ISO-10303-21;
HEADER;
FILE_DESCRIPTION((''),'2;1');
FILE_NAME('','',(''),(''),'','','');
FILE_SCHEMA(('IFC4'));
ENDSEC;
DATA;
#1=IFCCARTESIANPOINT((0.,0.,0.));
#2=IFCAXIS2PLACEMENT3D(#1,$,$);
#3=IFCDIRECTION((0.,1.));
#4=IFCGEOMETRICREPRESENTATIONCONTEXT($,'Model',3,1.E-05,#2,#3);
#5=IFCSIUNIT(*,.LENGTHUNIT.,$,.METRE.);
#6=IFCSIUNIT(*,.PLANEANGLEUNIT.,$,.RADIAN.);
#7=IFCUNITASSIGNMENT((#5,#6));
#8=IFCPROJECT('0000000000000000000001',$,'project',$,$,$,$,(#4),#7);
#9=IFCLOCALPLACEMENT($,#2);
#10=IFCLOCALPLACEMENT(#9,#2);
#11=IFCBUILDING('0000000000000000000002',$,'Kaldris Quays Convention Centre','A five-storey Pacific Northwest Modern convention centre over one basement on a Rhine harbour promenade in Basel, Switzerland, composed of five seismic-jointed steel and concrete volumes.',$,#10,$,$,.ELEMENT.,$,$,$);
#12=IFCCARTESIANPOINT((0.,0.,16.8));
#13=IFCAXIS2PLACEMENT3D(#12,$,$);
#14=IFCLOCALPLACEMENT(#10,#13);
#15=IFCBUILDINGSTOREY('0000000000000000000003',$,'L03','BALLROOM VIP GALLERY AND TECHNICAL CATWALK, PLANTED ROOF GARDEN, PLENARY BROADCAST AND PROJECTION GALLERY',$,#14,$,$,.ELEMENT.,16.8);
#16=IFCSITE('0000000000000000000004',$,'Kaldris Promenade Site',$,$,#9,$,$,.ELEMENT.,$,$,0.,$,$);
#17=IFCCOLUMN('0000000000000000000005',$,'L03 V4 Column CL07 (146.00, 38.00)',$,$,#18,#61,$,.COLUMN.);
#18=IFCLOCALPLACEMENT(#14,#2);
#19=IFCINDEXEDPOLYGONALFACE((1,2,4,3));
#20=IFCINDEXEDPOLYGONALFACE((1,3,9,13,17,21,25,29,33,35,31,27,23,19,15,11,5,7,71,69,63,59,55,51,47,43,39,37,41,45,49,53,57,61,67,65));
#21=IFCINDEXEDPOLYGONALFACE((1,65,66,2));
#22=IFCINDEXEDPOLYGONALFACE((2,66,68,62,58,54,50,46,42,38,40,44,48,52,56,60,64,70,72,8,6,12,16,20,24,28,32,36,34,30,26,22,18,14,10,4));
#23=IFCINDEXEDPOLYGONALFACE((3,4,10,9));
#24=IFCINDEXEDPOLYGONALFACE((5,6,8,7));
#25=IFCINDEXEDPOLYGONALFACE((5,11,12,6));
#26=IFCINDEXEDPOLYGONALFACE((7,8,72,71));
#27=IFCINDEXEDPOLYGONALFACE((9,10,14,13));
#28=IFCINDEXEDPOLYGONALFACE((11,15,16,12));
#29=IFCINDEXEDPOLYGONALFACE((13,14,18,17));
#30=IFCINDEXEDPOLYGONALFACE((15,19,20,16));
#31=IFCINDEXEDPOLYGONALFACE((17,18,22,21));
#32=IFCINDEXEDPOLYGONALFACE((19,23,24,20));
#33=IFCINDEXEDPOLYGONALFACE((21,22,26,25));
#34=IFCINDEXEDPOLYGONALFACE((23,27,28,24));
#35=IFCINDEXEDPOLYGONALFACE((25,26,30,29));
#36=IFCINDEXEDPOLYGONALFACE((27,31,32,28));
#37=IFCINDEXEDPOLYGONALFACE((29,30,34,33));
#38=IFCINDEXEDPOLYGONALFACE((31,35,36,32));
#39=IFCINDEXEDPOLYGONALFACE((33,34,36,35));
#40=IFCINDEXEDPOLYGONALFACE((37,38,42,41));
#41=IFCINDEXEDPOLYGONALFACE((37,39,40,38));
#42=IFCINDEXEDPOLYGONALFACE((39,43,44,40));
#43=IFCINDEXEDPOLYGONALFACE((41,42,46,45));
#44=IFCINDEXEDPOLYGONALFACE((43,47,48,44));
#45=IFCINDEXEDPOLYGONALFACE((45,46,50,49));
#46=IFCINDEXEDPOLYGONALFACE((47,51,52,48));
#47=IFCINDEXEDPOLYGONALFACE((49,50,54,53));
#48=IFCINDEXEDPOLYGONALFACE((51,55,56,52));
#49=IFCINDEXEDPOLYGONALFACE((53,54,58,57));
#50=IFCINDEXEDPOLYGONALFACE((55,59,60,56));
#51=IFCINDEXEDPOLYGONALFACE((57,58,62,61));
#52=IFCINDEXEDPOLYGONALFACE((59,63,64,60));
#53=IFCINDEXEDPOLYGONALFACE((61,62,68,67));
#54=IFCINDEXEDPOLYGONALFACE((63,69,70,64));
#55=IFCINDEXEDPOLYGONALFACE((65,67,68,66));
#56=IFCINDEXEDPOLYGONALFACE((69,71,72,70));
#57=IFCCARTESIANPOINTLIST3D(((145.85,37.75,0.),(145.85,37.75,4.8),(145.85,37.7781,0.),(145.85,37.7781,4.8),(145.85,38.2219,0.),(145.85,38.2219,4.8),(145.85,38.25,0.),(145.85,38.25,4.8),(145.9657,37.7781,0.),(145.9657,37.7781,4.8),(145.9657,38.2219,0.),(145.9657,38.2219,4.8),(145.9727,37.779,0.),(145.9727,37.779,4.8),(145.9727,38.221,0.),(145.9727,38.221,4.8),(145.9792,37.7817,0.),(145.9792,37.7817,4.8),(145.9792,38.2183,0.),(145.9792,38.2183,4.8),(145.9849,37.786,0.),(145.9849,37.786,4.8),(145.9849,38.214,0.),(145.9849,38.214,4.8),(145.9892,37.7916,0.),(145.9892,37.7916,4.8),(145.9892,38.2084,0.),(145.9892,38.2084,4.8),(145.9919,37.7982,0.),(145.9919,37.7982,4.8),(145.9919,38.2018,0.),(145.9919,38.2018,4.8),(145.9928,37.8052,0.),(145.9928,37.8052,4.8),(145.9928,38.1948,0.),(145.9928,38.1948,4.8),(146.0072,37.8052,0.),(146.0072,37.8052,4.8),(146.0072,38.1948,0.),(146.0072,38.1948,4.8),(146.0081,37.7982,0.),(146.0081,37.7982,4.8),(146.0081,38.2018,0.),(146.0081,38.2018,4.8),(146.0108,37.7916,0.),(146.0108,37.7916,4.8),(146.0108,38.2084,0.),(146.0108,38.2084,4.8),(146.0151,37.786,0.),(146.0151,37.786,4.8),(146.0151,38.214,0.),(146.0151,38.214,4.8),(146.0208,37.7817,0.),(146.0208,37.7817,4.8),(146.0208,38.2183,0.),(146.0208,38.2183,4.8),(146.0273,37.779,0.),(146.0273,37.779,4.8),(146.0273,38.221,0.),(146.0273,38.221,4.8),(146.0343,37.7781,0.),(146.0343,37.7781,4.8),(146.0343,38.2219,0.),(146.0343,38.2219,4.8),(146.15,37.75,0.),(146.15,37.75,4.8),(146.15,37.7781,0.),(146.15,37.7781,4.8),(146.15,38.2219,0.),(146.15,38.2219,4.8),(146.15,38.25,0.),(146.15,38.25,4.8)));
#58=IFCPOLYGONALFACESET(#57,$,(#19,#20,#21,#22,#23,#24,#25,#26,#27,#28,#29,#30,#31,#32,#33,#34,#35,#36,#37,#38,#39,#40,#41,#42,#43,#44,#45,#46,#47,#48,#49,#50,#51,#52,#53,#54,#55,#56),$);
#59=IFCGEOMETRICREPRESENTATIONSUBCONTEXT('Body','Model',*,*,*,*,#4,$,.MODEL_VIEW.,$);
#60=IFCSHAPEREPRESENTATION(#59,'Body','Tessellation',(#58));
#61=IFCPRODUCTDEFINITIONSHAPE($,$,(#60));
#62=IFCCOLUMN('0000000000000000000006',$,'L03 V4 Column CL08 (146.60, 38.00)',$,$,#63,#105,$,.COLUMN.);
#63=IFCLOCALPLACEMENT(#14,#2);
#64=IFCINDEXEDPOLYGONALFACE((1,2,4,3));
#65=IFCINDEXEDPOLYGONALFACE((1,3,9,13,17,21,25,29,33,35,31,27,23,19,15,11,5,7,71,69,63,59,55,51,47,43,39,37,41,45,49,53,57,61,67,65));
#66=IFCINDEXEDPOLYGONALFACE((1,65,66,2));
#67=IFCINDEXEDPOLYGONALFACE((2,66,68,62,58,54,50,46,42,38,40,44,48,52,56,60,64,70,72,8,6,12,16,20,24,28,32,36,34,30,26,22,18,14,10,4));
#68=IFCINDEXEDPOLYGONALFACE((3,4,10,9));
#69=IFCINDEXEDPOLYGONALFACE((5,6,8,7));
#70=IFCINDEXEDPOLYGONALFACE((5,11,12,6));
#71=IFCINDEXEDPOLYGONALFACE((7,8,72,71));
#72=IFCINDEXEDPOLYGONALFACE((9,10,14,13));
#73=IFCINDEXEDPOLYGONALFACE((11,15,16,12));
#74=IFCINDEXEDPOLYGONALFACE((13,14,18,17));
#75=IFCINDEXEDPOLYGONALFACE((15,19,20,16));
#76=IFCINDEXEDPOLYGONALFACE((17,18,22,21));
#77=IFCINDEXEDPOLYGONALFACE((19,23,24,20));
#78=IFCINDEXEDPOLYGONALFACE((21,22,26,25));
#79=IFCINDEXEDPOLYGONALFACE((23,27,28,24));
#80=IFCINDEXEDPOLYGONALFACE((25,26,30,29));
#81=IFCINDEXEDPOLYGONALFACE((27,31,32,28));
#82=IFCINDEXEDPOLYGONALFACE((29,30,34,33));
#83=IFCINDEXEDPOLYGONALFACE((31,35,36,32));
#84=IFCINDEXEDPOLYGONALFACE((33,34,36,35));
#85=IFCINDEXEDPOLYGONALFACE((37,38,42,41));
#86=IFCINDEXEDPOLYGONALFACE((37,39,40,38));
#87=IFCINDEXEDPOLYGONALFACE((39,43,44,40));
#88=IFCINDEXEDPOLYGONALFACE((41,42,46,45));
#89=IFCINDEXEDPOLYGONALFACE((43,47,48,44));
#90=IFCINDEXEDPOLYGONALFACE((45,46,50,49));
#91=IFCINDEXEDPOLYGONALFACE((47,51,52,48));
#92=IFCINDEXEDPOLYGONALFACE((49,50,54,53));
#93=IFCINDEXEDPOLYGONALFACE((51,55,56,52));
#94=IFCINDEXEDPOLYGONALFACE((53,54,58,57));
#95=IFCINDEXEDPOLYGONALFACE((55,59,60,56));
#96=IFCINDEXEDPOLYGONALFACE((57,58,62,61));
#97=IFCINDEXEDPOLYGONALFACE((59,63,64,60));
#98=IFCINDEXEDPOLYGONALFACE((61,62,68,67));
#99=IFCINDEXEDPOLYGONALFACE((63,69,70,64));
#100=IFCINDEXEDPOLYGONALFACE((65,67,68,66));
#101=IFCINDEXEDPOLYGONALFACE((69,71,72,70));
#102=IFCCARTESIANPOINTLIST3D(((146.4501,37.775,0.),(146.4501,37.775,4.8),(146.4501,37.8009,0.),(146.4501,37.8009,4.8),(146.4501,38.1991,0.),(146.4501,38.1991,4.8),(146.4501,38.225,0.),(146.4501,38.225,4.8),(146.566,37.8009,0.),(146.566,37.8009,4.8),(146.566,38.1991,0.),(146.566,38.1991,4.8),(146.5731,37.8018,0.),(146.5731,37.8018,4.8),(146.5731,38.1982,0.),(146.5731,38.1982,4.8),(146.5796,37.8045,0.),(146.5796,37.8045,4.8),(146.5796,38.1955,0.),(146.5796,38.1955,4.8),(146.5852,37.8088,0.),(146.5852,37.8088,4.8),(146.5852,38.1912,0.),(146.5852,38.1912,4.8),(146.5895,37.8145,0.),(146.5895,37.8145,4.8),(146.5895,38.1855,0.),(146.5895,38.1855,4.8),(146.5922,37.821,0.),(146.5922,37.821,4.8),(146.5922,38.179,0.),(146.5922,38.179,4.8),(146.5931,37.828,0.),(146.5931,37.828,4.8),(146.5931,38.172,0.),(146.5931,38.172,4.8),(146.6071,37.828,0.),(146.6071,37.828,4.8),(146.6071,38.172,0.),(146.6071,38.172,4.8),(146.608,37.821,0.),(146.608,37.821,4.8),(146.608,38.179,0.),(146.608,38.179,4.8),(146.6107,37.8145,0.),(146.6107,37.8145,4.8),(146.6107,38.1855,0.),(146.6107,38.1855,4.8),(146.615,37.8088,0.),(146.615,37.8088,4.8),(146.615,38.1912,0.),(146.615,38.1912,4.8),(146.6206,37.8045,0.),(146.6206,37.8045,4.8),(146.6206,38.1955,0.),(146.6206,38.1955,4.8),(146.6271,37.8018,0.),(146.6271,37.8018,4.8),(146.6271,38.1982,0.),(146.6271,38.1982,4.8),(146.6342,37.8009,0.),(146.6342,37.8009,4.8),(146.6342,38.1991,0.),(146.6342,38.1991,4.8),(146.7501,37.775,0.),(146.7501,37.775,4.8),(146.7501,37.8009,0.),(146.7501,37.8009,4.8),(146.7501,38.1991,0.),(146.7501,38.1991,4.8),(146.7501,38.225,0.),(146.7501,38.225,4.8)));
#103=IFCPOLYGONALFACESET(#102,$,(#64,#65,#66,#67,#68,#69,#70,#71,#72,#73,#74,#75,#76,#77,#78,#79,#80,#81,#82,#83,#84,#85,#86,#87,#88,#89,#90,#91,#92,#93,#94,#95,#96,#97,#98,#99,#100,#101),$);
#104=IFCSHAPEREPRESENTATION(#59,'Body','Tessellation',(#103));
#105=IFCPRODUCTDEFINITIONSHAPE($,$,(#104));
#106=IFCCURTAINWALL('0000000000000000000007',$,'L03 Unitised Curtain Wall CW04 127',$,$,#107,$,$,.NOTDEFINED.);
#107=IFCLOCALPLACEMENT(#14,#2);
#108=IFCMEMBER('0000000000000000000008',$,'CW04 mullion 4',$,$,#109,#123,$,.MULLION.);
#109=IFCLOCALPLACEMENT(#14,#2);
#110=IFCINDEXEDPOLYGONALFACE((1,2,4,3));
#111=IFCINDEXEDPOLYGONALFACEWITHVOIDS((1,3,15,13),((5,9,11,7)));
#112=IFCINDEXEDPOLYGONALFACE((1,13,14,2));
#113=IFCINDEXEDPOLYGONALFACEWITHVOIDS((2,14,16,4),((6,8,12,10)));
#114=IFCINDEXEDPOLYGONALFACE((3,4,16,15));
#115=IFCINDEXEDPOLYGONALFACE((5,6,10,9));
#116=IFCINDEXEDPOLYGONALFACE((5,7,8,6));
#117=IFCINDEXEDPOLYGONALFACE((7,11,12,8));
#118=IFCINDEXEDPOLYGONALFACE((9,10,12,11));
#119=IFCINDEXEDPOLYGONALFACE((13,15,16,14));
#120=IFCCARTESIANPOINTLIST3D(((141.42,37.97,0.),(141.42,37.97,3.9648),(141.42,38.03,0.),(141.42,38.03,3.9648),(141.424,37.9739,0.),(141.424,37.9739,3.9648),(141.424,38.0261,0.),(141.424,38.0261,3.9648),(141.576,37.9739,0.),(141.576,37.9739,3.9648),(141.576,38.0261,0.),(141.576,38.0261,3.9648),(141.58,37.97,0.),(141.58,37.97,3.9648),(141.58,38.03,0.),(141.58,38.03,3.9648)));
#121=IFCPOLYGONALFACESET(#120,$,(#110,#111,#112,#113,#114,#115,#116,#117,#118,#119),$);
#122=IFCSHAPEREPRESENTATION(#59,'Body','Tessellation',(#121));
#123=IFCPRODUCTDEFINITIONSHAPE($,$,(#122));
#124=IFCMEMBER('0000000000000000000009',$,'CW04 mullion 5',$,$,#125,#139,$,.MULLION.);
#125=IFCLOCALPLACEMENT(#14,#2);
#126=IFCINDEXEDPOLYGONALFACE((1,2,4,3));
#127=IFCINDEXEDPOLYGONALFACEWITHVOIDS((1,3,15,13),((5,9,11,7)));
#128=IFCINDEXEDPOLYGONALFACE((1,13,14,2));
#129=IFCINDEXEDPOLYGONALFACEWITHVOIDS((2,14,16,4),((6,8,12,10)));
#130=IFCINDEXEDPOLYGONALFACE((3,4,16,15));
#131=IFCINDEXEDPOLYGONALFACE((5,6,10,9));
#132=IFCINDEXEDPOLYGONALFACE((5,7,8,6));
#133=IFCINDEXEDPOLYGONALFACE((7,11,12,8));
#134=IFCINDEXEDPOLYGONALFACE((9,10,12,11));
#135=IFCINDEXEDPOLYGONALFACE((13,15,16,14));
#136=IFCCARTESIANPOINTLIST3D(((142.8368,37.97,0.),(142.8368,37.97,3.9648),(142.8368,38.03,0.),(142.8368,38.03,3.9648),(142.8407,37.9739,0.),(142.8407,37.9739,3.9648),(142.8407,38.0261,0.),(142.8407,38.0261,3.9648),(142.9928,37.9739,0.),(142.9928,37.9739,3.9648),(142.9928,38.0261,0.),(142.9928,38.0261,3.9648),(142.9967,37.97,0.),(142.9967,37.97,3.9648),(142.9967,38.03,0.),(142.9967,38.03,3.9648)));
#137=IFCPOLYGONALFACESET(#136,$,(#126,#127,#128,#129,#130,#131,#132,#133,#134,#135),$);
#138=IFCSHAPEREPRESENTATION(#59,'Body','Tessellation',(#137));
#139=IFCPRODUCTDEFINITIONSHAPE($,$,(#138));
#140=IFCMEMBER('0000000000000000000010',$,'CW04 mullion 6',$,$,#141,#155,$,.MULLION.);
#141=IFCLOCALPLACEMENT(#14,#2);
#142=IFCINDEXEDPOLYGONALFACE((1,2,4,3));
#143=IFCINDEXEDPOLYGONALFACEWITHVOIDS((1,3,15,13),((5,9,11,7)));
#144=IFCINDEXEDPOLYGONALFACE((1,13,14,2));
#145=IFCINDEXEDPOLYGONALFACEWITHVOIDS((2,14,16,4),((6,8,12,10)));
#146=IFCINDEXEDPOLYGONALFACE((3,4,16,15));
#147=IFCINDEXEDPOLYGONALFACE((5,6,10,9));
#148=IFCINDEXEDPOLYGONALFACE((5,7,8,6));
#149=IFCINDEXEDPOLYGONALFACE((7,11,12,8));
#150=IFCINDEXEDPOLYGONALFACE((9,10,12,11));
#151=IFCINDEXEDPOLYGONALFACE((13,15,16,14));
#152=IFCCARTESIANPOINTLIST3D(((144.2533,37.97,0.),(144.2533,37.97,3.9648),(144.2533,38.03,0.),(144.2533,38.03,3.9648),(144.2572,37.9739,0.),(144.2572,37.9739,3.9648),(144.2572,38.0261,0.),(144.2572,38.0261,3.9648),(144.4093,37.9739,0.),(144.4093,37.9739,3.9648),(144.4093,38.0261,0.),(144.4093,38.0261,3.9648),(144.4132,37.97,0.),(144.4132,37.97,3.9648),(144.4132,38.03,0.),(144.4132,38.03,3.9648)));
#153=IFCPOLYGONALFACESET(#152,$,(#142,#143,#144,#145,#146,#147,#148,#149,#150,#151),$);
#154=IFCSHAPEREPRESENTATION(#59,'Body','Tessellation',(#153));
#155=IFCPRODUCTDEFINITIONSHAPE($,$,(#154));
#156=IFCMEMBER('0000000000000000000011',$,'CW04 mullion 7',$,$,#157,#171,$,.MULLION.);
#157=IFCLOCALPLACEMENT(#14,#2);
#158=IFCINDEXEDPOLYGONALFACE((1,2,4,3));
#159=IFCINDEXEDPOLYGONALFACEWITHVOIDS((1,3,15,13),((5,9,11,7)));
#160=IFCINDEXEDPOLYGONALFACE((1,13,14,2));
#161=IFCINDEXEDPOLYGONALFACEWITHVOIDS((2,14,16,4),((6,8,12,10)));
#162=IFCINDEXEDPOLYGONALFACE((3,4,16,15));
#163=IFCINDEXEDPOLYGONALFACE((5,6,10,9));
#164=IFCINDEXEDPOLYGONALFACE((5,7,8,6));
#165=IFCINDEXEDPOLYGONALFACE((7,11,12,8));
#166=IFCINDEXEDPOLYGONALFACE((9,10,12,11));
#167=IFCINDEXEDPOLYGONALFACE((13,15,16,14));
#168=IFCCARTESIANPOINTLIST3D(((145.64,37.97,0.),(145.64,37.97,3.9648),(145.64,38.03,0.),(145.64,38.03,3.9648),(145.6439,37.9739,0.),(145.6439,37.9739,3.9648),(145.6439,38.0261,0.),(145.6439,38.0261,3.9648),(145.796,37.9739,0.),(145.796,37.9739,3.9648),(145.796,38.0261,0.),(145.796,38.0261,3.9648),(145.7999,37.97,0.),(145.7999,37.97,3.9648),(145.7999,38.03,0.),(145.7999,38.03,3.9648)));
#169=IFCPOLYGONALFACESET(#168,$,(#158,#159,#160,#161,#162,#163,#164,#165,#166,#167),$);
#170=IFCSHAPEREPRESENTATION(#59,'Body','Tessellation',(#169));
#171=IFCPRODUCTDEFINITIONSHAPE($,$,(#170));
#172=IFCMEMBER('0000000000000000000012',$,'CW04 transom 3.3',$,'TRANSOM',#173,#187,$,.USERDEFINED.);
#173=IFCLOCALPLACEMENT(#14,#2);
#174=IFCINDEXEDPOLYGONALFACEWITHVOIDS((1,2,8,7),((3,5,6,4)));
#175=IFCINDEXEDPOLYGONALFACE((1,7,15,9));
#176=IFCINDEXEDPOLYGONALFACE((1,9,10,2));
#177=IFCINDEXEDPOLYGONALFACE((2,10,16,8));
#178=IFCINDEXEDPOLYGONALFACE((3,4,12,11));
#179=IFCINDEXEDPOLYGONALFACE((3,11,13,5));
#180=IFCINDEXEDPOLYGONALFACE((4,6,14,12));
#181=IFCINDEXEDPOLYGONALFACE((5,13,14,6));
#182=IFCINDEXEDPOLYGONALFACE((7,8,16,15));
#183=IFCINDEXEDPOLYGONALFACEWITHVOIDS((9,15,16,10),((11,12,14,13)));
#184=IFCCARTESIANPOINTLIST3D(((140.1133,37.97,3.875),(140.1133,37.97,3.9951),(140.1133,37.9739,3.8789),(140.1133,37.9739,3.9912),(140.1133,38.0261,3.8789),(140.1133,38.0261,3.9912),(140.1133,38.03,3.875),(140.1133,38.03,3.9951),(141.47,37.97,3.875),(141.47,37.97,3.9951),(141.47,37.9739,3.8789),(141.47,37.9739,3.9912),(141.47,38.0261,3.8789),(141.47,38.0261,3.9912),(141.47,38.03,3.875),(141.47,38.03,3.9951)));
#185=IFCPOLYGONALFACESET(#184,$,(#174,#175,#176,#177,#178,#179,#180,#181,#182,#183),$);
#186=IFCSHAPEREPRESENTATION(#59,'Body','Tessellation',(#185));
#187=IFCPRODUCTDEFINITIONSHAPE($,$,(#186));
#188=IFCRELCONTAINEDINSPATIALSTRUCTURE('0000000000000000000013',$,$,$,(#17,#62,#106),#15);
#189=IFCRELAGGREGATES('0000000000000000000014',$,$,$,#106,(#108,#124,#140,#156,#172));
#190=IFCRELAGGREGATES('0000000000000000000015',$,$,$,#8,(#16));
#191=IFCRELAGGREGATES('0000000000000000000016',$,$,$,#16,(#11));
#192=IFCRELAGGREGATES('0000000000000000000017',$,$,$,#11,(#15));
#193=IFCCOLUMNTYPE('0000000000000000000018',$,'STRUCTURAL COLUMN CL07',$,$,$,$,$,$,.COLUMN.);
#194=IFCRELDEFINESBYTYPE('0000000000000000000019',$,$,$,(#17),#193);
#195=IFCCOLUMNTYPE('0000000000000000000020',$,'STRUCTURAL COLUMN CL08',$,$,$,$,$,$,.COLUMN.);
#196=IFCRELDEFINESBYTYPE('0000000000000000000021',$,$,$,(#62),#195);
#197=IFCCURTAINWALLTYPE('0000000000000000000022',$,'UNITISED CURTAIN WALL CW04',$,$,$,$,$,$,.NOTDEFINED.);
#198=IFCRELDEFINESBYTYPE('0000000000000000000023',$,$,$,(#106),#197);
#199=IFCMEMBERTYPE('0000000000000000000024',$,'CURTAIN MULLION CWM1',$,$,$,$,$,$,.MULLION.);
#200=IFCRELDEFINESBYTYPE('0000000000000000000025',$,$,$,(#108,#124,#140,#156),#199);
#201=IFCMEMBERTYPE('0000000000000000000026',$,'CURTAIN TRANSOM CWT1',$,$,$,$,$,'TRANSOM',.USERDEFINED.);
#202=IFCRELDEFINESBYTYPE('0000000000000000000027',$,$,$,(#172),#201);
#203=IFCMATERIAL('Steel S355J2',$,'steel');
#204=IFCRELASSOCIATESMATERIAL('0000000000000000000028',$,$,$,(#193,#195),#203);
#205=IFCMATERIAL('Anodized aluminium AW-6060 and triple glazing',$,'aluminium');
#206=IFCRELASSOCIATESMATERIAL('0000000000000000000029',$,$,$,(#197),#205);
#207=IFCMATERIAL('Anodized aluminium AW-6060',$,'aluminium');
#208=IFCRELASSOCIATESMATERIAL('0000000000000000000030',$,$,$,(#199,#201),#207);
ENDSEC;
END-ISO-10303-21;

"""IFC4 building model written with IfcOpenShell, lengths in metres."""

from ifc_helpers import new_model, si_unit, direction, frame, origin, origin_2d, place, context, subcontext, project, spatial, hollow_rectangle, i_section, extrude, material, material_profile, profile_set, type_object, element, aggregate, save


model = new_model("IFC4")

# Units and contexts
model_context = context("Model", 3, precision=1e-05, world=origin(), true_north=direction((0.0, 1.0)))
body_context = subcontext(model_context, "Body", "Model", "MODEL_VIEW")
ifc_project = project(units=[si_unit("LENGTHUNIT", "METRE"), si_unit("PLANEANGLEUNIT", "RADIAN")], contexts=[model_context])

# Site, building, storey
site_placement = place(None, origin())
site = spatial("IfcSite", under=ifc_project, at=site_placement, Name="Kaldris Promenade Site", CompositionType="ELEMENT", RefElevation=0.0)
building_placement = place(site_placement, origin())
building = spatial("IfcBuilding", under=site, at=building_placement, Name="Kaldris Quays Convention Centre", Description="A five-storey Pacific Northwest Modern convention centre over one basement on a Rhine harbour promenade in Basel, Switzerland, composed of five seismic-jointed steel and concrete volumes.", CompositionType="ELEMENT")
storey_placement = place(building_placement, frame((0.0, 0.0, 16.8)))
storey = spatial("IfcBuildingStorey", under=building, at=storey_placement, Name="L03", Description="BALLROOM VIP GALLERY AND TECHNICAL CATWALK, PLANTED ROOF GARDEN, PLENARY BROADCAST AND PROJECTION GALLERY", CompositionType="ELEMENT", Elevation=16.8)

# Columns
ifc_material_1 = material(Name="Steel S355J2", Category="steel")
ifc_material_profile_1 = material_profile(ifc_material_1, i_section(OverallWidth=0.3, OverallDepth=0.5, WebThickness=0.0144, FlangeThickness=0.0281, FilletRadius=0.0271, at=origin_2d()), Name="HEB 500")
ifc_profile_set_1 = profile_set([ifc_material_profile_1], Name="Steel S355J2")
column_type_1 = type_object("IfcColumnType", Name="STRUCTURAL COLUMN CL07", PredefinedType="COLUMN", material=ifc_profile_set_1)
column_1_placement = place(storey_placement, frame((146.0, 38.0, 0.0), z_axis=(0.0, 0.0, 1.0), x_axis=(1.0, 0.0, 0.0)))
element("IfcColumn", 1, at=column_1_placement, inside=storey, type_object=column_type_1, Name="L03 V4 Column CL07 (146.00, 38.00)", PredefinedType="COLUMN", context=body_context, shape_type="SweptSolid", body=[
    extrude(i_section(OverallWidth=0.3, OverallDepth=0.5, WebThickness=0.0144, FlangeThickness=0.0281, FilletRadius=0.0271, at=origin_2d()), origin(), (0.0, 0.0, 1.0), 4.8),
])
ifc_material_profile_2 = material_profile(ifc_material_1, i_section(OverallWidth=0.3, OverallDepth=0.45, WebThickness=0.0139, FlangeThickness=0.0259, FilletRadius=0.0271, at=origin_2d()), Name="HEB 450")
ifc_profile_set_2 = profile_set([ifc_material_profile_2], Name="Steel S355J2")
column_type_2 = type_object("IfcColumnType", Name="STRUCTURAL COLUMN CL08", PredefinedType="COLUMN", material=ifc_profile_set_2)
column_2_placement = place(storey_placement, frame((146.6001, 38.0, 0.0), z_axis=(0.0, 0.0, 1.0), x_axis=(1.0, 0.0, 0.0)))
element("IfcColumn", 2, at=column_2_placement, inside=storey, type_object=column_type_2, Name="L03 V4 Column CL08 (146.60, 38.00)", PredefinedType="COLUMN", context=body_context, shape_type="SweptSolid", body=[
    extrude(i_section(OverallWidth=0.3, OverallDepth=0.45, WebThickness=0.0139, FlangeThickness=0.0259, FilletRadius=0.0271, at=origin_2d()), origin(), (0.0, 0.0, 1.0), 4.8),
])

# Curtain wall, members
ifc_material_2 = material(Name="Anodized aluminium AW-6060 and triple glazing", Category="aluminium")
curtain_wall_type = type_object("IfcCurtainWallType", Name="UNITISED CURTAIN WALL CW04", PredefinedType="NOTDEFINED", material=ifc_material_2)
curtain_wall_placement = place(storey_placement, origin())
curtain_wall = element("IfcCurtainWall", 3, at=curtain_wall_placement, inside=storey, type_object=curtain_wall_type, Name="L03 Unitised Curtain Wall CW04 127", PredefinedType="NOTDEFINED")
ifc_material_3 = material(Name="Anodized aluminium AW-6060", Category="aluminium")
ifc_material_profile_3 = material_profile(ifc_material_3, hollow_rectangle(XDim=0.0601, YDim=0.1599, WallThickness=0.0039, at=origin_2d()), Name="RHS 160x60x4")
ifc_profile_set_3 = profile_set([ifc_material_profile_3], Name="Anodized aluminium AW-6060")
member_type_1 = type_object("IfcMemberType", Name="CURTAIN MULLION CWM1", PredefinedType="MULLION", material=ifc_profile_set_3)
member_1_placement = place(storey_placement, frame((141.5, 38.0, 0.0), z_axis=(0.0, 0.0, 1.0), x_axis=(0.0, 1.0, 0.0)))
member_1 = element("IfcMember", 4, at=member_1_placement, type_object=member_type_1, Name="CW04 mullion 4", PredefinedType="MULLION", context=body_context, shape_type="SweptSolid", body=[
    extrude(hollow_rectangle(XDim=0.0601, YDim=0.1599, WallThickness=0.0039, at=origin_2d()), origin(), (0.0, 0.0, 1.0), 3.9648),
])
member_2_placement = place(storey_placement, frame((142.9167, 38.0, 0.0), z_axis=(0.0, 0.0, 1.0), x_axis=(0.0, 1.0, 0.0)))
member_2 = element("IfcMember", 5, at=member_2_placement, type_object=member_type_1, Name="CW04 mullion 5", PredefinedType="MULLION", context=body_context, shape_type="SweptSolid", body=[
    extrude(hollow_rectangle(XDim=0.0601, YDim=0.1599, WallThickness=0.0039, at=origin_2d()), origin(), (0.0, 0.0, 1.0), 3.9648),
])
member_3_placement = place(storey_placement, frame((144.3333, 38.0, 0.0), z_axis=(0.0, 0.0, 1.0), x_axis=(0.0, 1.0, 0.0)))
member_3 = element("IfcMember", 6, at=member_3_placement, type_object=member_type_1, Name="CW04 mullion 6", PredefinedType="MULLION", context=body_context, shape_type="SweptSolid", body=[
    extrude(hollow_rectangle(XDim=0.0601, YDim=0.1599, WallThickness=0.0039, at=origin_2d()), origin(), (0.0, 0.0, 1.0), 3.9648),
])
member_4_placement = place(storey_placement, frame((145.72, 38.0, 0.0), z_axis=(0.0, 0.0, 1.0), x_axis=(0.0, 1.0, 0.0)))
member_4 = element("IfcMember", 7, at=member_4_placement, type_object=member_type_1, Name="CW04 mullion 7", PredefinedType="MULLION", context=body_context, shape_type="SweptSolid", body=[
    extrude(hollow_rectangle(XDim=0.0601, YDim=0.1599, WallThickness=0.0039, at=origin_2d()), origin(), (0.0, 0.0, 1.0), 3.9648),
])
ifc_material_profile_4 = material_profile(ifc_material_3, hollow_rectangle(XDim=0.0601, YDim=0.1201, WallThickness=0.0039, at=origin_2d()), Name="RHS 120x60x4")
ifc_profile_set_4 = profile_set([ifc_material_profile_4], Name="Anodized aluminium AW-6060")
member_type_2 = type_object("IfcMemberType", Name="CURTAIN TRANSOM CWT1", ElementType="TRANSOM", PredefinedType="USERDEFINED", material=ifc_profile_set_4)
member_5_placement = place(storey_placement, frame((140.1133, 38.0, 3.9351), z_axis=(1.0, 0.0, 0.0), x_axis=(0.0, 1.0, 0.0)))
member_5 = element("IfcMember", 8, at=member_5_placement, type_object=member_type_2, Name="CW04 transom 3.3", ObjectType="TRANSOM", PredefinedType="USERDEFINED", context=body_context, shape_type="SweptSolid", body=[
    extrude(hollow_rectangle(XDim=0.0601, YDim=0.1201, WallThickness=0.0039, at=origin_2d()), origin(), (0.0, 0.0, 1.0), 1.3567),
])

aggregate(curtain_wall, [member_1, member_2, member_3, member_4, member_5])

save(model, "model.ifc")
